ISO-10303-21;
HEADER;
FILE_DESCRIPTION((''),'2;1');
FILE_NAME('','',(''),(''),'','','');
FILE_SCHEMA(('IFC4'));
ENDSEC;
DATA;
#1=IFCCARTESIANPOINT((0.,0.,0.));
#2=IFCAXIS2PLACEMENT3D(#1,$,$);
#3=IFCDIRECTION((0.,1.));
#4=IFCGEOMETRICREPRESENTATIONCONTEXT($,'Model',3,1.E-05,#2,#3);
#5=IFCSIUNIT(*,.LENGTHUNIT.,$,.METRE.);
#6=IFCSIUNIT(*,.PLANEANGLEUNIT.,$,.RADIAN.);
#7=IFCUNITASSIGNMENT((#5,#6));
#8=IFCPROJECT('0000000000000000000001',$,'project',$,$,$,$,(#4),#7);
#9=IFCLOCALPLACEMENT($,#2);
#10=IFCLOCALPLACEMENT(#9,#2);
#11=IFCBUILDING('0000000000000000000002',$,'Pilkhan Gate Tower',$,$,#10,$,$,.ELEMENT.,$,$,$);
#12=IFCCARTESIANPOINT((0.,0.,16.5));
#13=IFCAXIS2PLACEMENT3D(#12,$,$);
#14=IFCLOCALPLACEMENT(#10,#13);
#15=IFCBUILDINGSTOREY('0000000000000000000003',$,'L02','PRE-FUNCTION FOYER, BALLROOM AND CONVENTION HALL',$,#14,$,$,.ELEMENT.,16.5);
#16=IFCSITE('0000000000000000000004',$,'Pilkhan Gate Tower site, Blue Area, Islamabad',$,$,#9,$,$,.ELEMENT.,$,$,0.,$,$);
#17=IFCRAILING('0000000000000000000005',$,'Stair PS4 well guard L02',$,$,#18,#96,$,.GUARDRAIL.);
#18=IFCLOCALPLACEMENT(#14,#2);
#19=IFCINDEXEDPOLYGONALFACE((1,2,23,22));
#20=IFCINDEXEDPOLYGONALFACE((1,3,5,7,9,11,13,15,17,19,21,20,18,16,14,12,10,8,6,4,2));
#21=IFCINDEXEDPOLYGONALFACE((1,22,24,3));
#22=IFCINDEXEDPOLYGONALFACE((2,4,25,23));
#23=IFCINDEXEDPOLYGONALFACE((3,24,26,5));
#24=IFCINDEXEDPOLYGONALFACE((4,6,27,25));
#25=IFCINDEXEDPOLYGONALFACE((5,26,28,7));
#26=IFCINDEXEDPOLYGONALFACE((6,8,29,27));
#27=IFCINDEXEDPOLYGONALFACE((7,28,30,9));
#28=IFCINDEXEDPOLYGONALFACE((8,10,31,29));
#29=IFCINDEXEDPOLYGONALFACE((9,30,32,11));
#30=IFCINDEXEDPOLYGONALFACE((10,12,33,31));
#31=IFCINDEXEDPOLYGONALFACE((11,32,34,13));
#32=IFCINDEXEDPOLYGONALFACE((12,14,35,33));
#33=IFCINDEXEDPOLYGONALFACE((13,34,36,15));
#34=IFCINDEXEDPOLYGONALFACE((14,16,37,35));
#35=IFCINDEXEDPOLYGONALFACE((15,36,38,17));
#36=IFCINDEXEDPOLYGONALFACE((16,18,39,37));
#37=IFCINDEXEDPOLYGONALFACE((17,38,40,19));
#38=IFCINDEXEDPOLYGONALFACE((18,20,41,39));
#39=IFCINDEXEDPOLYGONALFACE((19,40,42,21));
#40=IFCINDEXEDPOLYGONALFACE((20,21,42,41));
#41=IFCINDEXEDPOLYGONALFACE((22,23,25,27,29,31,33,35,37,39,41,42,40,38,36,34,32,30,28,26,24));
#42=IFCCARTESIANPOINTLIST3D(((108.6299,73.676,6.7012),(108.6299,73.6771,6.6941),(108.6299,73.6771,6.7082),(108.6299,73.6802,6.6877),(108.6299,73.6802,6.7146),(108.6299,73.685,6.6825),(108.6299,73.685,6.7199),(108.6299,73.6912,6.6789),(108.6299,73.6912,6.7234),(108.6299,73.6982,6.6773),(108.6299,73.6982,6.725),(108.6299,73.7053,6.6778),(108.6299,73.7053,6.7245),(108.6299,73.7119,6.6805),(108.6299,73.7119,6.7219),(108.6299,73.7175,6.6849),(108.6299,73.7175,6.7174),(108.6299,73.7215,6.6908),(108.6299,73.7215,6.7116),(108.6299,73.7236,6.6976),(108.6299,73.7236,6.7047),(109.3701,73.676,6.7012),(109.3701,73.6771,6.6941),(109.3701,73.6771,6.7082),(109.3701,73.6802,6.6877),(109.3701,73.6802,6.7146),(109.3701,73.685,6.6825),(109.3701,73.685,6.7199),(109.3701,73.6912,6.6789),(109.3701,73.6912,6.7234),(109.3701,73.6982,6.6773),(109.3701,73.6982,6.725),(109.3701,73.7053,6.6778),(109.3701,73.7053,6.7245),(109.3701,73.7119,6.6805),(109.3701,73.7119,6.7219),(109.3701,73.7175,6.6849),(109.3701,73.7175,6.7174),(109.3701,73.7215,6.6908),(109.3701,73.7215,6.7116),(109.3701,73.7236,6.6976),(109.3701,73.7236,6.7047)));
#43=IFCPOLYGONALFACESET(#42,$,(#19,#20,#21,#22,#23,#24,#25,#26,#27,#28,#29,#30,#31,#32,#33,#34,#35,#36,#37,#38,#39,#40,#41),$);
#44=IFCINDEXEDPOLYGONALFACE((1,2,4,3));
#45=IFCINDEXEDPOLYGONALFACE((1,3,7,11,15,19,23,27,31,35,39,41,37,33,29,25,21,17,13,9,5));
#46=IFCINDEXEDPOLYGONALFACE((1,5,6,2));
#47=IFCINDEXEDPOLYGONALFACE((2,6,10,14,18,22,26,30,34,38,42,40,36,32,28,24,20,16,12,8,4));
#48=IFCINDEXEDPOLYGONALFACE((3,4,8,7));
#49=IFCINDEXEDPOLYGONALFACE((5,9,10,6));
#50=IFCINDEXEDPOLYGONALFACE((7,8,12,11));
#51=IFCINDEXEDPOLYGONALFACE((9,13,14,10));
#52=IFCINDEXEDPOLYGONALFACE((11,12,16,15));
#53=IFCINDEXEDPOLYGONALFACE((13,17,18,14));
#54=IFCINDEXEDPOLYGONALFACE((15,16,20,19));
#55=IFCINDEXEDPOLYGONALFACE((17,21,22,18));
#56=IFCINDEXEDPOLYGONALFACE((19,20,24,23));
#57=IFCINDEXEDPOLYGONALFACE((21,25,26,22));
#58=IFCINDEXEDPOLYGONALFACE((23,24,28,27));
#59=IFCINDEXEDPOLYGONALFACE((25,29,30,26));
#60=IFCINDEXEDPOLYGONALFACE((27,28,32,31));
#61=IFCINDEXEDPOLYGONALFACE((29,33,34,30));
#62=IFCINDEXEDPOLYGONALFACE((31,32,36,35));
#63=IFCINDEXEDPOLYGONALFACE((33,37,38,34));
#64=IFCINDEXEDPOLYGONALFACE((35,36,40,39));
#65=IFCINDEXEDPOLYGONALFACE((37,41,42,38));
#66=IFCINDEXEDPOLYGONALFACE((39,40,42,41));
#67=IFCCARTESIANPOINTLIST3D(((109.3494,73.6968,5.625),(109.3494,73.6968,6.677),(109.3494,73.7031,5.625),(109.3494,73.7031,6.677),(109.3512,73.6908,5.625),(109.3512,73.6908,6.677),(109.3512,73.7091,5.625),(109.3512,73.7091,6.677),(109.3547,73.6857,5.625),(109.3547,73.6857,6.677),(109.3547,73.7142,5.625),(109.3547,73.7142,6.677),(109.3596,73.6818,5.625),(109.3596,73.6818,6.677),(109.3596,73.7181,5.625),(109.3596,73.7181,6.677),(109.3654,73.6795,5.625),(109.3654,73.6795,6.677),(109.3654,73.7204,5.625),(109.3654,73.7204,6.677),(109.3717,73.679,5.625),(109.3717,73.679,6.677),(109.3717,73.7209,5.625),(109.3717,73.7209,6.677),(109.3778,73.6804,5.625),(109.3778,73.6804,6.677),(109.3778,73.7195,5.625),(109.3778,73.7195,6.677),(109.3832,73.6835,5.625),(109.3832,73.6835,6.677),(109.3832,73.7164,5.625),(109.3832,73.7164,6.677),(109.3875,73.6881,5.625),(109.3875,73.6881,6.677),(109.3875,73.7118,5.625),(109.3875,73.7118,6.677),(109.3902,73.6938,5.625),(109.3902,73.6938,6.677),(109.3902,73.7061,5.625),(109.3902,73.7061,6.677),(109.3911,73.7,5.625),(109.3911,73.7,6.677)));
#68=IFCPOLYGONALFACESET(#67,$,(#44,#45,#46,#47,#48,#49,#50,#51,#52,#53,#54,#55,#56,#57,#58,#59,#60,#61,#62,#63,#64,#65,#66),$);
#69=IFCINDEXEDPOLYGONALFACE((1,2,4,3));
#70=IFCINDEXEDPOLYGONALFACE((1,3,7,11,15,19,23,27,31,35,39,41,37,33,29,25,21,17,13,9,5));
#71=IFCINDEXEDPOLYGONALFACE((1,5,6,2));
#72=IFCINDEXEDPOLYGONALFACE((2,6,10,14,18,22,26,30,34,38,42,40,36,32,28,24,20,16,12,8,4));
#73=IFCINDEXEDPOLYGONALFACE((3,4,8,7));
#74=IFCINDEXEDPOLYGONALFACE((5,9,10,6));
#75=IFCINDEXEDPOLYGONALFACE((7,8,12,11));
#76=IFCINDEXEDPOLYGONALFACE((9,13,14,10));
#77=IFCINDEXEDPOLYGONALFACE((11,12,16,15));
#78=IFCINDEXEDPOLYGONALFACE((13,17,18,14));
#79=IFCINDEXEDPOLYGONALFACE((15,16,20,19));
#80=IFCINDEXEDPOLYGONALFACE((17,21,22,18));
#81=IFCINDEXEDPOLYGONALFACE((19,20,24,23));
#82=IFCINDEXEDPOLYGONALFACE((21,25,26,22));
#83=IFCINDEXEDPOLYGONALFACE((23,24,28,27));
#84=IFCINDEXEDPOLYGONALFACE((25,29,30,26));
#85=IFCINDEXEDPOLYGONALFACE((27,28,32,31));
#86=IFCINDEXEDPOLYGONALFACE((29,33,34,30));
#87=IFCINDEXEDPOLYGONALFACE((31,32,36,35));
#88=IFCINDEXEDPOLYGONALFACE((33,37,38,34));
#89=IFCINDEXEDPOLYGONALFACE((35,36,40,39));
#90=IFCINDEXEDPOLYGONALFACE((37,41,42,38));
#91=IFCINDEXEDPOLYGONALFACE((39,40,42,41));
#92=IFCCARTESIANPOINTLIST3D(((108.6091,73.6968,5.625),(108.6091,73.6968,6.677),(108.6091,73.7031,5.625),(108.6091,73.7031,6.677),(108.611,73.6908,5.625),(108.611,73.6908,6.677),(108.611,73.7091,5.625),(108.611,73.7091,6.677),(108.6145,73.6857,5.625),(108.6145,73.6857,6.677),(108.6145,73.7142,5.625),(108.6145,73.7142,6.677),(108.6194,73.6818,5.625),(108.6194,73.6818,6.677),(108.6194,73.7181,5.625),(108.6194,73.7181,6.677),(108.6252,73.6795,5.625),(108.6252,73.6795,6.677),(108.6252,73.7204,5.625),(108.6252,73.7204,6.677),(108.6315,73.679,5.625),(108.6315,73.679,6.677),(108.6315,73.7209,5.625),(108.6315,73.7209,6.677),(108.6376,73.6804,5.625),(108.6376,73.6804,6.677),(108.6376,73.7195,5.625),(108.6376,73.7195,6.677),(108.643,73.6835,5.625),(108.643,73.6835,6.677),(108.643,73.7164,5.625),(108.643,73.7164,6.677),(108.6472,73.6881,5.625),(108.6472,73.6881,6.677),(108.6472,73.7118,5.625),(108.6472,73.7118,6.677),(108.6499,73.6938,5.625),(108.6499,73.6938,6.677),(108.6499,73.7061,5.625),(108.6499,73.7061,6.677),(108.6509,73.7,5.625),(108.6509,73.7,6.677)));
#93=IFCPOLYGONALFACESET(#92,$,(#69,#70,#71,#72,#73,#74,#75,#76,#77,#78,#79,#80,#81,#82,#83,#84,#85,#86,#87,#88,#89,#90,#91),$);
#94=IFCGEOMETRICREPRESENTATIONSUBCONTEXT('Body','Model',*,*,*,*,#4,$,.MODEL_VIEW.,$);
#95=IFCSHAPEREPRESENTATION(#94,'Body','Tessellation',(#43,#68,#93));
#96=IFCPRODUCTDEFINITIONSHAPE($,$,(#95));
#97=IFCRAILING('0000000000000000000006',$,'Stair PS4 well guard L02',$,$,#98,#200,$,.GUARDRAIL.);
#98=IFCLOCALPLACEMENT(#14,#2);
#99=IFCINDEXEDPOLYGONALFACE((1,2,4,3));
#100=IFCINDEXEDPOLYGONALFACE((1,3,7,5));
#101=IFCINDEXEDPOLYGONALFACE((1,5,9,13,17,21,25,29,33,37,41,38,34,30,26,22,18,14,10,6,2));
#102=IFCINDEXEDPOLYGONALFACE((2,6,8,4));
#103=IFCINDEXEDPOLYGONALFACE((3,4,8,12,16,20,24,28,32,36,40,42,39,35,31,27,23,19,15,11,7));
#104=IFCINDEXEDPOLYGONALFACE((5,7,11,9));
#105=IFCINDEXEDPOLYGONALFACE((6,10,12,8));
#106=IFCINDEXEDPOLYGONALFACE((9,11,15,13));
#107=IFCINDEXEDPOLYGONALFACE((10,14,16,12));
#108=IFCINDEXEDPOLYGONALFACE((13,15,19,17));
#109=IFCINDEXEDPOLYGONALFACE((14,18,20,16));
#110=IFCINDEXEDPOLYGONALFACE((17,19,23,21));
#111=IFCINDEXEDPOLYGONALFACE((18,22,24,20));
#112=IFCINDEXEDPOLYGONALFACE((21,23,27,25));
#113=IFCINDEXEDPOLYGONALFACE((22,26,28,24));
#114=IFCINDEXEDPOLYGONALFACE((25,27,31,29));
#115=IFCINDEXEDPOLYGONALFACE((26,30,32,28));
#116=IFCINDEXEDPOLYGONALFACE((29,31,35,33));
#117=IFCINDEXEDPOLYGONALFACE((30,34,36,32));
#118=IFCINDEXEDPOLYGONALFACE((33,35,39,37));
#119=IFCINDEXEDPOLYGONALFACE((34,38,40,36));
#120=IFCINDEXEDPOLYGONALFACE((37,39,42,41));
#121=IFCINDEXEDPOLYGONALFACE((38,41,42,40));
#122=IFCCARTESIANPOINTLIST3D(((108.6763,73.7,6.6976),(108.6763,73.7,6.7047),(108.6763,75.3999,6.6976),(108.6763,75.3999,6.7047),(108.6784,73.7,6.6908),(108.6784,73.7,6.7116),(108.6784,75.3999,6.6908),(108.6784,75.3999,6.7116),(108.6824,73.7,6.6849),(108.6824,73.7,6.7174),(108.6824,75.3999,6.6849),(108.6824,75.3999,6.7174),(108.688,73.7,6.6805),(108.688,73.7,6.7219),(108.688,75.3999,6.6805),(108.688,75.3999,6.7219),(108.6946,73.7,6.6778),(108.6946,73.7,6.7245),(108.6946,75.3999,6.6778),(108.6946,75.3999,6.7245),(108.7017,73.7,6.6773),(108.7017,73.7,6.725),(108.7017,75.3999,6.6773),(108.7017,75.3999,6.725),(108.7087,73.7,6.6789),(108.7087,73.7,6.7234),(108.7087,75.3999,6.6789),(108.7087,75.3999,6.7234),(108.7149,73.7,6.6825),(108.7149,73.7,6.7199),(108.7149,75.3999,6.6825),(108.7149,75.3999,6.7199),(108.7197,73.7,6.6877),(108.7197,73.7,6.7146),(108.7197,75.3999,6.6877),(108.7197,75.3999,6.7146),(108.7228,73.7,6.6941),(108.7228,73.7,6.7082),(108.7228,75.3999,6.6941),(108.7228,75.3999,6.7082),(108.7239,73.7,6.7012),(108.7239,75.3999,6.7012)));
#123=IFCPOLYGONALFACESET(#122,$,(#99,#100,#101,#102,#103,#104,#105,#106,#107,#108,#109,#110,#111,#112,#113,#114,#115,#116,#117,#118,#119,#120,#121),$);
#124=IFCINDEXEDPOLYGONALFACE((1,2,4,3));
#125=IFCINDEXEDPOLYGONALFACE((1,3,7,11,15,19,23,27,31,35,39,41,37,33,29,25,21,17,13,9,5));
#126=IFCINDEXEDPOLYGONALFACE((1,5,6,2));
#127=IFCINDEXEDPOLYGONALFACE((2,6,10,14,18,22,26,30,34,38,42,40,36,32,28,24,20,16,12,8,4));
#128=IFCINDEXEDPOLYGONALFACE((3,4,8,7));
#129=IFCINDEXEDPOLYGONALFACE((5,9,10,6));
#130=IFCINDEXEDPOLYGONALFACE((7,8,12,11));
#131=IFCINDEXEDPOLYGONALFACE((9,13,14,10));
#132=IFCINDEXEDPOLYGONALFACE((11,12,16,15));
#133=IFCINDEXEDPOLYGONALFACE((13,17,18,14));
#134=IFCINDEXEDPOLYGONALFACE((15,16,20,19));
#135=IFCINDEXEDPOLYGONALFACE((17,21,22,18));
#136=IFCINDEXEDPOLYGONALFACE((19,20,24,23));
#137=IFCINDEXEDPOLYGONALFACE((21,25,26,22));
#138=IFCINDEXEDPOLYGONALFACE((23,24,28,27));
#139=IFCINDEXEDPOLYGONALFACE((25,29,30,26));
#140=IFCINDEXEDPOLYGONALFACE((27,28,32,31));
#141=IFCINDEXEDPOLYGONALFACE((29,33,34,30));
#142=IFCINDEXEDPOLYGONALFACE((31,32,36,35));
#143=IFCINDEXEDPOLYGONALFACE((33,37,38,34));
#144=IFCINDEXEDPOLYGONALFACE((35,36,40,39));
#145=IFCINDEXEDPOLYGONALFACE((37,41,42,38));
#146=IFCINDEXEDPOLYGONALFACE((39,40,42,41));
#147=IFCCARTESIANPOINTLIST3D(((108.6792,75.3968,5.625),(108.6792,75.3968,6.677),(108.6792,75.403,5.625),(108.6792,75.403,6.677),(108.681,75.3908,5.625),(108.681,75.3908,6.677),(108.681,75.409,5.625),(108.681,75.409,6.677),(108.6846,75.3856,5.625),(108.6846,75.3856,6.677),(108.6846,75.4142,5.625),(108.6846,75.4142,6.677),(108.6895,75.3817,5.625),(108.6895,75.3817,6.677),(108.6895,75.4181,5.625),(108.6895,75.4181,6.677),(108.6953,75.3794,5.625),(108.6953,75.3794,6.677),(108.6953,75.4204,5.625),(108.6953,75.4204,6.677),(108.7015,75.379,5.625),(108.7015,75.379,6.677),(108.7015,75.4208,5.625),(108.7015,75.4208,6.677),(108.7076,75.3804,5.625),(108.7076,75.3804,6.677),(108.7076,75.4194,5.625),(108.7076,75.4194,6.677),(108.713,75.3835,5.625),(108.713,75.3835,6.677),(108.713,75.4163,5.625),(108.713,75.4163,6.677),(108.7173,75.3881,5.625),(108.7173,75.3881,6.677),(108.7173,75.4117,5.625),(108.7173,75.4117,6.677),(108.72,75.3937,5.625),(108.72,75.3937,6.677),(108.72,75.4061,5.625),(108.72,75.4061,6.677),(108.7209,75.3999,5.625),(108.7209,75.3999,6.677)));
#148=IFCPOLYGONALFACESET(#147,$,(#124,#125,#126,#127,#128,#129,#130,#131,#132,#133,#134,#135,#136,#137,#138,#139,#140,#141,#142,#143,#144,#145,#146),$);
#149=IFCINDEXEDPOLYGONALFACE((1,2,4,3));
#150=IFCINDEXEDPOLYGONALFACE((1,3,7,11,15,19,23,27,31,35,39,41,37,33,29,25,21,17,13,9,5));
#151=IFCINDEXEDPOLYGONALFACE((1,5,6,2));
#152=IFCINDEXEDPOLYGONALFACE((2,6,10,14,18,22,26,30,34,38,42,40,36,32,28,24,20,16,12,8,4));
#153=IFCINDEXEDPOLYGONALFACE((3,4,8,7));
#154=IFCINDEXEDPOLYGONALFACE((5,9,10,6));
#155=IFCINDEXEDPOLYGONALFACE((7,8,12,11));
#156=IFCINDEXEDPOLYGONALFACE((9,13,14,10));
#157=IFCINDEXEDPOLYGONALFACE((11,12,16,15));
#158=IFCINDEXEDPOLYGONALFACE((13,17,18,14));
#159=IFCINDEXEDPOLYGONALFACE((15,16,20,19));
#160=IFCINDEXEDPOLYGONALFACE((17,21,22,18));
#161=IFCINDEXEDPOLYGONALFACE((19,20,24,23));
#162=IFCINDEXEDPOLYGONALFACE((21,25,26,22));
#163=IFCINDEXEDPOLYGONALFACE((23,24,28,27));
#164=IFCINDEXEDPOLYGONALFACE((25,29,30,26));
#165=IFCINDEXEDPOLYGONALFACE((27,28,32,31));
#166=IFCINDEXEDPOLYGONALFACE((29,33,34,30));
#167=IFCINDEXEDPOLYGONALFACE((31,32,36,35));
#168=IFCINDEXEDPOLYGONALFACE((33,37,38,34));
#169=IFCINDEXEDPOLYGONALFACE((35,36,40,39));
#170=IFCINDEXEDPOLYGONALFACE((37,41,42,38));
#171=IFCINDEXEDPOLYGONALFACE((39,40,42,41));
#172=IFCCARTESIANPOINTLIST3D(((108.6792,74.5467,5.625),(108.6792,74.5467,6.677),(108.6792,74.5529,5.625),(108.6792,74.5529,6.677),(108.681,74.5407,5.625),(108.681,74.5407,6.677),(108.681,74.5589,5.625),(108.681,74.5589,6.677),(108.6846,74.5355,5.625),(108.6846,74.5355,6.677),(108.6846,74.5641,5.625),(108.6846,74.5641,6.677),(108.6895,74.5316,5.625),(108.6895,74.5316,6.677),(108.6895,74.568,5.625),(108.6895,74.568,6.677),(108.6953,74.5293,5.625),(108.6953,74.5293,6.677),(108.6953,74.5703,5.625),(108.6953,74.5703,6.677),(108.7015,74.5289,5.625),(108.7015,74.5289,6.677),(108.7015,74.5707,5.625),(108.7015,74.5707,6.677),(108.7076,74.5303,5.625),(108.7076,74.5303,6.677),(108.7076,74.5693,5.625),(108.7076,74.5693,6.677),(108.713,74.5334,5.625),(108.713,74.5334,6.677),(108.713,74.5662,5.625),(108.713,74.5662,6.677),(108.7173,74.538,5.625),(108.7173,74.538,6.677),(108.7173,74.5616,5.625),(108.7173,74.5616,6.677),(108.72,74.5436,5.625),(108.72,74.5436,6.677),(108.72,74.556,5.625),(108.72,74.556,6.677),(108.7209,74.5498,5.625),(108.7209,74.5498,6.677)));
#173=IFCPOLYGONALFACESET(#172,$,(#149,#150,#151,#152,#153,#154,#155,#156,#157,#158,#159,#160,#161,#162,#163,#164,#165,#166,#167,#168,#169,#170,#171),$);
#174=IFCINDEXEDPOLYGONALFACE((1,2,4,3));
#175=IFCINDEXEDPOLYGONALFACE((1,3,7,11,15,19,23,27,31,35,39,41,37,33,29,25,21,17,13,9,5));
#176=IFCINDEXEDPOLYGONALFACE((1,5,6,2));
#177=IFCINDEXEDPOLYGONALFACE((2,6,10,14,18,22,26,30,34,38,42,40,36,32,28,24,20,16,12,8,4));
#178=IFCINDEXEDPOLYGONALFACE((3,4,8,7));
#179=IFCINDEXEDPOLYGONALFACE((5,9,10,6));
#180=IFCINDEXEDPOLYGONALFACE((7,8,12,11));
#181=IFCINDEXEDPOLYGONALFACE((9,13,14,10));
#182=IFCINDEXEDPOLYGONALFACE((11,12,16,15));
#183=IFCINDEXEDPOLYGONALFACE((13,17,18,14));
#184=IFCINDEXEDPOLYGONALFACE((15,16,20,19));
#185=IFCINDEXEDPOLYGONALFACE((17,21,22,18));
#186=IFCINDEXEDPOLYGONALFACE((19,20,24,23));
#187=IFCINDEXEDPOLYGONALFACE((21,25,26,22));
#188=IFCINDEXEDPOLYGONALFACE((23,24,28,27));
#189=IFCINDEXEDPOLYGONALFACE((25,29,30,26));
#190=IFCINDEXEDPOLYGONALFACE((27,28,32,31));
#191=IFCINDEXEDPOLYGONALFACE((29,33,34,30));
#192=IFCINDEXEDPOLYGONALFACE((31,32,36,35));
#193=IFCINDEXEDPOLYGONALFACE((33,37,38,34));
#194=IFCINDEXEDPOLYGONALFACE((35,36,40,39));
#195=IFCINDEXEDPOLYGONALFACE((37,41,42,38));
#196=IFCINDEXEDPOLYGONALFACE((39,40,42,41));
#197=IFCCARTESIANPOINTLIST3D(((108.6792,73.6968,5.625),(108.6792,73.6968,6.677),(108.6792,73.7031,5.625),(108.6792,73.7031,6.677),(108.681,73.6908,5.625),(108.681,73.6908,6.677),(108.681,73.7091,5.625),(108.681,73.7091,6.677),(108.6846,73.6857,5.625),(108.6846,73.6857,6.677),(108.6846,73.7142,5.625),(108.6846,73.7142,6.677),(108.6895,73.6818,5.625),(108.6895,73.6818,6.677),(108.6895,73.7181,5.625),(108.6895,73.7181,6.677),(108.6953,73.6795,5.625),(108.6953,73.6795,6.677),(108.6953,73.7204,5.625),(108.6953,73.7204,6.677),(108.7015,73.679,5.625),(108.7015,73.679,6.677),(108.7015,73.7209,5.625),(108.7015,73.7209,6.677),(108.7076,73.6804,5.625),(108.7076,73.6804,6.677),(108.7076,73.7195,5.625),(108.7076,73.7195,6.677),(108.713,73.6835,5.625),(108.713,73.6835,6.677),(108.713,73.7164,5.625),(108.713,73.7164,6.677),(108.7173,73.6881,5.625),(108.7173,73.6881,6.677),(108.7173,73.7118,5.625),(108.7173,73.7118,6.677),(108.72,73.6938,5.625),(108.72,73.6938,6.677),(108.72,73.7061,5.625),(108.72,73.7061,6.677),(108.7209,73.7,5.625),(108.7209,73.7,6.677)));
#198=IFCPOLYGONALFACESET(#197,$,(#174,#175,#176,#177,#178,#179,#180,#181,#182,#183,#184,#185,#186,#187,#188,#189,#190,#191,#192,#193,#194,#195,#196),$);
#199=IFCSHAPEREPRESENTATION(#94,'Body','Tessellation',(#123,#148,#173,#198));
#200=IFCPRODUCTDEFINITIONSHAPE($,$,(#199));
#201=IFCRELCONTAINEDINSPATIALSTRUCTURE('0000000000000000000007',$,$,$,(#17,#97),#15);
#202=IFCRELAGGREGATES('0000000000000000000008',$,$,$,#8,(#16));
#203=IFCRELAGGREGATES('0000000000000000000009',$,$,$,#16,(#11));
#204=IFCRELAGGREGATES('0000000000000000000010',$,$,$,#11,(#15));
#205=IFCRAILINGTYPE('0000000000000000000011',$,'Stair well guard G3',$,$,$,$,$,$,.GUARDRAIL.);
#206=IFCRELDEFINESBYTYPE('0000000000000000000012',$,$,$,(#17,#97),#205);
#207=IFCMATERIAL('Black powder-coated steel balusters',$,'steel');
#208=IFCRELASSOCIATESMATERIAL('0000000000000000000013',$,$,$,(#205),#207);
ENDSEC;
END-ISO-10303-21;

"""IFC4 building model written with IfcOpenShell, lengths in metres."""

from ifc_helpers import new_model, si_unit, direction, frame, origin, origin_2d, place, context, subcontext, project, spatial, circle, extrude, material, type_object, element, save


model = new_model("IFC4")

# Units and contexts
model_context = context("Model", 3, precision=1e-05, world=origin(), true_north=direction((0.0, 1.0)))
body_context = subcontext(model_context, "Body", "Model", "MODEL_VIEW")
ifc_project = project(units=[si_unit("LENGTHUNIT", "METRE"), si_unit("PLANEANGLEUNIT", "RADIAN")], contexts=[model_context])

# Site, building, storey
site_placement = place(None, origin())
site = spatial("IfcSite", under=ifc_project, at=site_placement, Name="Pilkhan Gate Tower site, Blue Area, Islamabad", CompositionType="ELEMENT", RefElevation=0.0)
building_placement = place(site_placement, origin())
building = spatial("IfcBuilding", under=site, at=building_placement, Name="Pilkhan Gate Tower", CompositionType="ELEMENT")
storey_placement = place(building_placement, frame((0.0, 0.0, 16.5)))
storey = spatial("IfcBuildingStorey", under=building, at=storey_placement, Name="L02", Description="PRE-FUNCTION FOYER, BALLROOM AND CONVENTION HALL", CompositionType="ELEMENT", Elevation=16.5)

# Railings
ifc_material_1 = material(Name="Black powder-coated steel balusters", Category="steel")
railing_type_1 = type_object("IfcRailingType", Name="Stair well guard G3", PredefinedType="GUARDRAIL", material=ifc_material_1)
railing_1_placement = place(storey_placement, frame((109.3701, 73.7, 5.625)))
element("IfcRailing", 1, at=railing_1_placement, inside=storey, type_object=railing_type_1, Name="Stair PS4 well guard L02", PredefinedType="GUARDRAIL", context=body_context, shape_type="SweptSolid", body=[
    extrude(circle(Radius=0.0239, at=origin_2d()), frame((0.0, 0.0, 1.0762), z_axis=(-1.0, 0.0, 0.0), x_axis=(0.0, -1.0, 0.0)), (0.0, 0.0, 1.0), 0.7402),
    extrude(circle(Radius=0.021, at=origin_2d()), origin(), (0.0, 0.0, 1.0), 1.052),
    extrude(circle(Radius=0.021, at=origin_2d()), frame((-0.7402, 0.0, 0.0)), (0.0, 0.0, 1.0), 1.052),
])
railing_2_placement = place(storey_placement, frame((108.7, 75.3999, 5.625)))
element("IfcRailing", 2, at=railing_2_placement, inside=storey, type_object=railing_type_1, Name="Stair PS4 well guard L02", PredefinedType="GUARDRAIL", context=body_context, shape_type="SweptSolid", body=[
    extrude(circle(Radius=0.0239, at=origin_2d()), frame((0.0, 0.0, 1.0762), z_axis=(0.0, -1.0, 0.0), x_axis=(1.0, 0.0, 0.0)), (0.0, 0.0, 1.0), 1.7),
    extrude(circle(Radius=0.021, at=origin_2d()), origin(), (0.0, 0.0, 1.0), 1.052),
    extrude(circle(Radius=0.021, at=origin_2d()), frame((0.0, -0.8501, 0.0)), (0.0, 0.0, 1.0), 1.052),
    extrude(circle(Radius=0.021, at=origin_2d()), frame((0.0, -1.7, 0.0)), (0.0, 0.0, 1.0), 1.052),
])

save(model, "model.ifc")
